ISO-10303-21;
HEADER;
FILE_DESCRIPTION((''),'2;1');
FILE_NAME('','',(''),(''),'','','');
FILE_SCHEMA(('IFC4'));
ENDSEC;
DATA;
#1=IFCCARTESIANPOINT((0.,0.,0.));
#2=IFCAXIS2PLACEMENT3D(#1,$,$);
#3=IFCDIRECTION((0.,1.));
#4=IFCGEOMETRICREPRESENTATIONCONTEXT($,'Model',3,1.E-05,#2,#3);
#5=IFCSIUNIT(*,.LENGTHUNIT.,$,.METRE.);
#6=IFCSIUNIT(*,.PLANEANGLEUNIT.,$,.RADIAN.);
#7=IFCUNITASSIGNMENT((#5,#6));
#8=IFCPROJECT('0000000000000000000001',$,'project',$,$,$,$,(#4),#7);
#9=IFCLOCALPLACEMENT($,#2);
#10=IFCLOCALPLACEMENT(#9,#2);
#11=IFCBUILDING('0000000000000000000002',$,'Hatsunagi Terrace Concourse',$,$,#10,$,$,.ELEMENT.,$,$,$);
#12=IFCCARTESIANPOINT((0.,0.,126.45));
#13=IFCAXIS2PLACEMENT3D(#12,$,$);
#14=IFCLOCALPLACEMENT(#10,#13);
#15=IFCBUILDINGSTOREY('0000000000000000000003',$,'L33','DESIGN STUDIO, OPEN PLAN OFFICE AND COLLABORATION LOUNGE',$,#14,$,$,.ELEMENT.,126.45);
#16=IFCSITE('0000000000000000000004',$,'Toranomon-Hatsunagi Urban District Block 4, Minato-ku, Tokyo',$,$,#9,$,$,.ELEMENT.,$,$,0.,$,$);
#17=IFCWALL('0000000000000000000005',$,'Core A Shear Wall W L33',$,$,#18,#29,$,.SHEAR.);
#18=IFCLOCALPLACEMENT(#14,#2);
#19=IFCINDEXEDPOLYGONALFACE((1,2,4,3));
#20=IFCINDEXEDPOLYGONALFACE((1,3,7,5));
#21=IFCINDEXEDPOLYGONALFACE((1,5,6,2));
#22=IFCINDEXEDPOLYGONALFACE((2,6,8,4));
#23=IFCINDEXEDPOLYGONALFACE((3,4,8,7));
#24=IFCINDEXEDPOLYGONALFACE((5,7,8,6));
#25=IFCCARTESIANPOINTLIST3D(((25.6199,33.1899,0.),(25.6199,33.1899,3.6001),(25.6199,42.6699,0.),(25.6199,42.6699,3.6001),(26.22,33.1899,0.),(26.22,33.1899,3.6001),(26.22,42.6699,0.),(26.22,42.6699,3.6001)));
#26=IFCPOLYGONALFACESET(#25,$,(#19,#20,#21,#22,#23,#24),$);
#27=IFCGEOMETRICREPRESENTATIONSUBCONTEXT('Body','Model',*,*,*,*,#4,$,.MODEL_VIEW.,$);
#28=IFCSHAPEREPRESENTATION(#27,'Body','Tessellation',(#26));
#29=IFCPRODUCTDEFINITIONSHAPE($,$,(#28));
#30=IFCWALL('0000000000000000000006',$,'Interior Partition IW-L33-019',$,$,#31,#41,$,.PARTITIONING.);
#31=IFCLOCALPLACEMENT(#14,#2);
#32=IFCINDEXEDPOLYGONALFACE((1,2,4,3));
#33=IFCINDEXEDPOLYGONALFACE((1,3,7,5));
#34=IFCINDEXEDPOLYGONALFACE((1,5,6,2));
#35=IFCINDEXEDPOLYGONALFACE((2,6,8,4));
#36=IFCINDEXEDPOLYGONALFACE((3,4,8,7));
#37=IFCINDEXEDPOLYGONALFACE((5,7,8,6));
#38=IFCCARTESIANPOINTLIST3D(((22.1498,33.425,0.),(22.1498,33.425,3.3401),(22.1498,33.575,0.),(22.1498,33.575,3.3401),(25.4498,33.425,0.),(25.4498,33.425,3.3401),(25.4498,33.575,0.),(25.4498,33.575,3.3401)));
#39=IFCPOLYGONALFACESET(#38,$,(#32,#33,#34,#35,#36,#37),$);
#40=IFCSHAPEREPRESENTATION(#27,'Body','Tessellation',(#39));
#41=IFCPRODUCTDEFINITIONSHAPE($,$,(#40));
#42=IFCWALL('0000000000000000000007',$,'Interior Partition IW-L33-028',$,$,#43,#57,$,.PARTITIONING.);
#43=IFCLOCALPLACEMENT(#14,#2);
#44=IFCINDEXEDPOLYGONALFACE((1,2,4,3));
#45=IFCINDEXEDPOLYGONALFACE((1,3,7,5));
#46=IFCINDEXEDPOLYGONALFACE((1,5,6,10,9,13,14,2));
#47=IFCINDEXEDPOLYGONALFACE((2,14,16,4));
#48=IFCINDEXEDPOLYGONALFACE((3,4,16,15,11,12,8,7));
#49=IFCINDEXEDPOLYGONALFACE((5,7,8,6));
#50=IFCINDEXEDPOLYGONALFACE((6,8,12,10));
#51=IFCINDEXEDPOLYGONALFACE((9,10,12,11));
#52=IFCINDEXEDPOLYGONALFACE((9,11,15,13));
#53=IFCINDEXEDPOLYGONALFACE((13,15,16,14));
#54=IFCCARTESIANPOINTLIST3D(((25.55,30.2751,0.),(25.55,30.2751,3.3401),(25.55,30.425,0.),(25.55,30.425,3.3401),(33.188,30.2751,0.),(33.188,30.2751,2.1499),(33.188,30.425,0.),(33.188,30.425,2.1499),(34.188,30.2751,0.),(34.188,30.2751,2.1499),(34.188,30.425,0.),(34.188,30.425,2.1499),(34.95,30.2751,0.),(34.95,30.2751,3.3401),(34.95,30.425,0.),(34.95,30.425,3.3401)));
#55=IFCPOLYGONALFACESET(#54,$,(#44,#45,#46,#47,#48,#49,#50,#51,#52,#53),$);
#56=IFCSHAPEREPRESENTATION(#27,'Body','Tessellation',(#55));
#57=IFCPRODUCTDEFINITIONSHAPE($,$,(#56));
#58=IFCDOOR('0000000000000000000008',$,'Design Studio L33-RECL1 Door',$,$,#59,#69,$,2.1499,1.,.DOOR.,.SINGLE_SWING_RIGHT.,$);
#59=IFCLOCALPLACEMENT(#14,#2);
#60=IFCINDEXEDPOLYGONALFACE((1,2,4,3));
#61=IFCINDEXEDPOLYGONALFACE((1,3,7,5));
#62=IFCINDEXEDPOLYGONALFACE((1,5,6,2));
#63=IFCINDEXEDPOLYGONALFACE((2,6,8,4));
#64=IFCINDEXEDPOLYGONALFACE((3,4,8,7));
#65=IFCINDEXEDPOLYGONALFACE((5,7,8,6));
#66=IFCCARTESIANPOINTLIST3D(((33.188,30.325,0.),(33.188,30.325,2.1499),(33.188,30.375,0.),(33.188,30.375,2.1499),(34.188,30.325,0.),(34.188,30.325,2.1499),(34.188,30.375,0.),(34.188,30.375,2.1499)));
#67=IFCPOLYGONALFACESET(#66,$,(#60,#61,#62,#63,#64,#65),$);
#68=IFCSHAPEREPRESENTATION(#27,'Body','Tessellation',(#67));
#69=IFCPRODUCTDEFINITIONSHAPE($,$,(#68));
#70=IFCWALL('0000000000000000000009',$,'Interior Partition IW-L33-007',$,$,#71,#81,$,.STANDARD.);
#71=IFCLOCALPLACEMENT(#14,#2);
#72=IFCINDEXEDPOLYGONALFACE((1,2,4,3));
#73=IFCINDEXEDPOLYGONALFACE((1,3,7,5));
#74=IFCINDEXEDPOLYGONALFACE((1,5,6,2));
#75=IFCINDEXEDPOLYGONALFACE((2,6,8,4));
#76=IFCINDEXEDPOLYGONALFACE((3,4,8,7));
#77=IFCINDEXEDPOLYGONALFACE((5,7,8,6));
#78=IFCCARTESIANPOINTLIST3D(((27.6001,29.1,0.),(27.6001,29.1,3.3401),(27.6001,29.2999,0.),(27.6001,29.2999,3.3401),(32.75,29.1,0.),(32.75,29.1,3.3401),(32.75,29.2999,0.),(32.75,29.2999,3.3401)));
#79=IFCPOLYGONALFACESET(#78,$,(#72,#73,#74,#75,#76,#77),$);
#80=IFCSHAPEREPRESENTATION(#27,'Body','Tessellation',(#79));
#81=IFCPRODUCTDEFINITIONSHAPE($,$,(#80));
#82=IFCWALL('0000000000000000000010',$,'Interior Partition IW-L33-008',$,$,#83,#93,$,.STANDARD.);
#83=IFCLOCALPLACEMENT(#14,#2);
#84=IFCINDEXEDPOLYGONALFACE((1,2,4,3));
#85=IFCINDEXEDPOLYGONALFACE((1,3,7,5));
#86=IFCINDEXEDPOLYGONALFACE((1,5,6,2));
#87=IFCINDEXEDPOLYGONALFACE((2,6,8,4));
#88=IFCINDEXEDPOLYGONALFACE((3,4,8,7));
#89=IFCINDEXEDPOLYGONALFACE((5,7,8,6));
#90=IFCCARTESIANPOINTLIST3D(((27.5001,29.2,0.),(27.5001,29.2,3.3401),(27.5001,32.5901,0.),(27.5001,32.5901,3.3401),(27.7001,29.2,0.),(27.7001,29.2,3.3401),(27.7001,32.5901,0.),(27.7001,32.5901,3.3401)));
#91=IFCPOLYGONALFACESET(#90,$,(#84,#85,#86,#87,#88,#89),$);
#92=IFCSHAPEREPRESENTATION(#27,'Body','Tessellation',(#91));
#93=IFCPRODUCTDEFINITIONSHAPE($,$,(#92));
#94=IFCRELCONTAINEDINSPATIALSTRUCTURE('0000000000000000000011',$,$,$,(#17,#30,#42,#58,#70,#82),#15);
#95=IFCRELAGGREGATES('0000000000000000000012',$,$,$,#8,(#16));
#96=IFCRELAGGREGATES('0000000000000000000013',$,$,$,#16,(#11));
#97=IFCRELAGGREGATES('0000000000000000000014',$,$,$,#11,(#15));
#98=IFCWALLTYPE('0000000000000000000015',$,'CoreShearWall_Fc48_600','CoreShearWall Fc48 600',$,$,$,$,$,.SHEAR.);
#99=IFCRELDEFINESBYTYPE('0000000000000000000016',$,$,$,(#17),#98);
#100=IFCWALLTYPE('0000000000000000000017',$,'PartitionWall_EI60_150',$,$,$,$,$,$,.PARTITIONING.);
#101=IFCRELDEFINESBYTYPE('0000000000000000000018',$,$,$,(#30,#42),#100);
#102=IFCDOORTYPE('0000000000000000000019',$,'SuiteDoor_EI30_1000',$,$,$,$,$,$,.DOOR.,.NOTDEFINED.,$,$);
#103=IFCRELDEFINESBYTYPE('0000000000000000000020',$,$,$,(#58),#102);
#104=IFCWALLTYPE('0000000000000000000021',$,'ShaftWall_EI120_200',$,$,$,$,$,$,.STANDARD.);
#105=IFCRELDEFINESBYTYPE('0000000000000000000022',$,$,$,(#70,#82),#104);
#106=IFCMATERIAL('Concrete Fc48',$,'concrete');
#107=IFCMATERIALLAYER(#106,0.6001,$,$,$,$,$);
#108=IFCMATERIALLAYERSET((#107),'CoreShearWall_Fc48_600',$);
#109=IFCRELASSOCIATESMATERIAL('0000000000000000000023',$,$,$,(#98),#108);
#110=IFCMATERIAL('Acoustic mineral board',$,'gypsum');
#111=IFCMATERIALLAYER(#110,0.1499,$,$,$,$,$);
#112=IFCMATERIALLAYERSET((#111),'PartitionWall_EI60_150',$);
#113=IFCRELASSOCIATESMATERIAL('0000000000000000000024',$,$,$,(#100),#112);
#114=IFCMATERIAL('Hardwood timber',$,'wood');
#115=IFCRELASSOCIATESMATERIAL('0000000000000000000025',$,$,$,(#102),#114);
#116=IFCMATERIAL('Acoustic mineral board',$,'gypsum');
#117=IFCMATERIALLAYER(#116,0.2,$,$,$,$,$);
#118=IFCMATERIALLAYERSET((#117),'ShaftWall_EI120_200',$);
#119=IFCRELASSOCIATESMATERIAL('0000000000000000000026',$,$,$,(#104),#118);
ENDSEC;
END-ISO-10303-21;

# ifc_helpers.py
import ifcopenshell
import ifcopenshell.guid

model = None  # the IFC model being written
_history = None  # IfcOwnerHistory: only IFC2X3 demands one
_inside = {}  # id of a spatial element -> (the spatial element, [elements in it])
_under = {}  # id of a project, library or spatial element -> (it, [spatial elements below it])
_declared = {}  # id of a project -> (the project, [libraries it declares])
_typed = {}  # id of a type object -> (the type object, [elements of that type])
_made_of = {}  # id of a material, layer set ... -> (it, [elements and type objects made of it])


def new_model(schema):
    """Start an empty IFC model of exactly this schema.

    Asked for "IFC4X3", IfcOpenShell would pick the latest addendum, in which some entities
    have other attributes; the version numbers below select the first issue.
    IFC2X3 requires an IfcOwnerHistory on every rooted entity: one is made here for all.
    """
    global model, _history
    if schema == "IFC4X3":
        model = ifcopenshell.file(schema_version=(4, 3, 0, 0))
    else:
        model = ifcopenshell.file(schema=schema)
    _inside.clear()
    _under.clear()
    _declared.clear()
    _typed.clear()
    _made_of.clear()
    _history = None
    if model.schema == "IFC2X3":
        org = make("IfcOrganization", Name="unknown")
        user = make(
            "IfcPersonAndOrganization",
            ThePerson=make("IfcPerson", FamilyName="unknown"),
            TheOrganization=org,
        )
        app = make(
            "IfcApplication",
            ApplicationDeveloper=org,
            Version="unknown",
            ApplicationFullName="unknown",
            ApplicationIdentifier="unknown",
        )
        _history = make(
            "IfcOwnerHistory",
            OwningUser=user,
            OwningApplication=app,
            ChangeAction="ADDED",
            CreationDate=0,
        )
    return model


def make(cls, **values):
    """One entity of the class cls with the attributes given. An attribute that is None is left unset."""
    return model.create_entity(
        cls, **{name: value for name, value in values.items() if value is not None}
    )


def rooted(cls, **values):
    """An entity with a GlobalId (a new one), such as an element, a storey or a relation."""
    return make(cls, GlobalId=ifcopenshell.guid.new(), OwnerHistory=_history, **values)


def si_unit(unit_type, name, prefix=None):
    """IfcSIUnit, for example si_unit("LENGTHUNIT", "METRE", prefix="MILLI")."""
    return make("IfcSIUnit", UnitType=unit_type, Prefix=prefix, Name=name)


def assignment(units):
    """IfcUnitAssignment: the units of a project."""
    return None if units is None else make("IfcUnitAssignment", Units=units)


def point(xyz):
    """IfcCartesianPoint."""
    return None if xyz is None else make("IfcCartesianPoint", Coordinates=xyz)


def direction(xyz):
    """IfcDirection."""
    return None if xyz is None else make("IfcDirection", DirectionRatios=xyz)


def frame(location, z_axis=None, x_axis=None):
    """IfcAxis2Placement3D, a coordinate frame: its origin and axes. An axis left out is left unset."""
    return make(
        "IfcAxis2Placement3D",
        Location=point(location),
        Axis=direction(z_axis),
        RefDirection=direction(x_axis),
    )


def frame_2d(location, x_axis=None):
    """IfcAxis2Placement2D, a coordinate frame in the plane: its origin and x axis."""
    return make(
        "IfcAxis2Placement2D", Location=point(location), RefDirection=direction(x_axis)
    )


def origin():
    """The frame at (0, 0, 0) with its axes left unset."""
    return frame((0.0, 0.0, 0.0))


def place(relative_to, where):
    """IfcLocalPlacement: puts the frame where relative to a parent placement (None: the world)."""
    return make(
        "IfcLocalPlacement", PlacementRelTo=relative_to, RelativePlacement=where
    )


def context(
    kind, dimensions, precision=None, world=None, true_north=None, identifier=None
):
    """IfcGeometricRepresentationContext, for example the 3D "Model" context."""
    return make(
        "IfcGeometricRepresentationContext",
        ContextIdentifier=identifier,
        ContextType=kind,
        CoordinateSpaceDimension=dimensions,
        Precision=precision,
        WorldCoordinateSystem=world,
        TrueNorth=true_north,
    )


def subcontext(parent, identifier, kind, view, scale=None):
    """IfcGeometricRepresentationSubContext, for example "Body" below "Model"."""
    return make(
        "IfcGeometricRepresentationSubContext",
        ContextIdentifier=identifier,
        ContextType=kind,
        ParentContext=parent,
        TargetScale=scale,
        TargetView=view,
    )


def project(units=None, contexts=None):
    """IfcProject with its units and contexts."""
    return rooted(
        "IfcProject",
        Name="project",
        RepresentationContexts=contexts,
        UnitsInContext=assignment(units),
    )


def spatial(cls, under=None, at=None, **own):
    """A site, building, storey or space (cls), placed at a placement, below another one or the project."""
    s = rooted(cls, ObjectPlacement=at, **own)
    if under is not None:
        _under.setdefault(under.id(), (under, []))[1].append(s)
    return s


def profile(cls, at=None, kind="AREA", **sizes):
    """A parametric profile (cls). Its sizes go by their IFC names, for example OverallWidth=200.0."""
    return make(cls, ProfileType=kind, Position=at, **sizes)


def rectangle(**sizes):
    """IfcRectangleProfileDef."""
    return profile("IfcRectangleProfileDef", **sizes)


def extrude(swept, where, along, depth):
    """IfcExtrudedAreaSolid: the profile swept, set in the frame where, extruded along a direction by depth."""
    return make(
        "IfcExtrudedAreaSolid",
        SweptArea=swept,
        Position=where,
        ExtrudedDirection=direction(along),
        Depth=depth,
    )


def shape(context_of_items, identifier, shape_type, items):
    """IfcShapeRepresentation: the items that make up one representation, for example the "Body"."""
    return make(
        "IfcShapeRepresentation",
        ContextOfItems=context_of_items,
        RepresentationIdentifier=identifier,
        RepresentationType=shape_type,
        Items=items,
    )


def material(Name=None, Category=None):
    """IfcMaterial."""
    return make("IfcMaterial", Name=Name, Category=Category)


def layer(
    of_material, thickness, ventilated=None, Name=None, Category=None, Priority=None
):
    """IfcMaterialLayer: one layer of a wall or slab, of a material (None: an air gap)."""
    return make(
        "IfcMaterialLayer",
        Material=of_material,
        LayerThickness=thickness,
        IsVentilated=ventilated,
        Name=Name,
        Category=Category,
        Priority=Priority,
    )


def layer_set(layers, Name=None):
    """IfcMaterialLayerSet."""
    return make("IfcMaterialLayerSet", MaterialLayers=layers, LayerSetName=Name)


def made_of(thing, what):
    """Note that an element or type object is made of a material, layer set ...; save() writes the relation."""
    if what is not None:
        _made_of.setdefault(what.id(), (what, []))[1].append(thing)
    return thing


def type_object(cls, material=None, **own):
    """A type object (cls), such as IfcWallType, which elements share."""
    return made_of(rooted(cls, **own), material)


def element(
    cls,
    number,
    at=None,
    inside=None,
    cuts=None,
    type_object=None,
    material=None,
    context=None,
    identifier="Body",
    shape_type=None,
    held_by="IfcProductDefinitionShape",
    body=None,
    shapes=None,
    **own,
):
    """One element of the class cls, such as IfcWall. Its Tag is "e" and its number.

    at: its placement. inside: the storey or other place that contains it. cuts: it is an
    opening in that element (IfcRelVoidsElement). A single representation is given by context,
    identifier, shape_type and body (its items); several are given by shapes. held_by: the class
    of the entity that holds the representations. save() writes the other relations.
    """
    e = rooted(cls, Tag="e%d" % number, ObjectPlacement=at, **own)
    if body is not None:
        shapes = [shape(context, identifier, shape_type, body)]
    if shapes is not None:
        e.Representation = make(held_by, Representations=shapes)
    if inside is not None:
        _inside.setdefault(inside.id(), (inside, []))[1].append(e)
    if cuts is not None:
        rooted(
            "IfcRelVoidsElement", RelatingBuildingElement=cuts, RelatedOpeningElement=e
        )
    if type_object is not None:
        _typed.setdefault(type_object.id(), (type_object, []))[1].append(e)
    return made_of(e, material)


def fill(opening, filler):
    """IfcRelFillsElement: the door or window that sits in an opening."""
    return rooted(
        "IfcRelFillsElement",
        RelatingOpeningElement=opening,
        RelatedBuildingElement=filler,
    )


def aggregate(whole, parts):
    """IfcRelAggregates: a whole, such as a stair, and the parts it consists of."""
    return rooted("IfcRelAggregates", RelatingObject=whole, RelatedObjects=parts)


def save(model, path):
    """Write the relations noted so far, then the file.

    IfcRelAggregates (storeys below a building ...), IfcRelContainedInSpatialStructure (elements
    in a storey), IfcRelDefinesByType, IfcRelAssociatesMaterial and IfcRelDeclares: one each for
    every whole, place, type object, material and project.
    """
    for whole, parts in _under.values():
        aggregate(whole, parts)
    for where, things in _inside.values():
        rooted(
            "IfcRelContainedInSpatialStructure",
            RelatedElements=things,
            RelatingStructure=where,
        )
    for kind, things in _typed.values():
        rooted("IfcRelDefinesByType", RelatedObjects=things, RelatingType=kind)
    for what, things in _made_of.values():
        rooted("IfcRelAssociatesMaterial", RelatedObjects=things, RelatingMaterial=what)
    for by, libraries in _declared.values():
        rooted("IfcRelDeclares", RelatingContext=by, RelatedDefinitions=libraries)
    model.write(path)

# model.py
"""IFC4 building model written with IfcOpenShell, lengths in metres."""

from ifc_helpers import new_model, si_unit, direction, frame, frame_2d, origin, place, context, subcontext, project, spatial, rectangle, extrude, material, layer, layer_set, type_object, element, fill, save


model = new_model("IFC4")

# Units and contexts
model_context = context("Model", 3, precision=1e-05, world=origin(), true_north=direction((0.0, 1.0)))
body_context = subcontext(model_context, "Body", "Model", "MODEL_VIEW")
ifc_project = project(units=[si_unit("LENGTHUNIT", "METRE"), si_unit("PLANEANGLEUNIT", "RADIAN")], contexts=[model_context])

# Site, building, storey
site_placement = place(None, origin())
site = spatial("IfcSite", under=ifc_project, at=site_placement, Name="Toranomon-Hatsunagi Urban District Block 4, Minato-ku, Tokyo", CompositionType="ELEMENT", RefElevation=0.0)
building_placement = place(site_placement, origin())
building = spatial("IfcBuilding", under=site, at=building_placement, Name="Hatsunagi Terrace Concourse", CompositionType="ELEMENT")
storey_placement = place(building_placement, frame((0.0, 0.0, 126.45)))
storey = spatial("IfcBuildingStorey", under=building, at=storey_placement, Name="L33", Description="DESIGN STUDIO, OPEN PLAN OFFICE AND COLLABORATION LOUNGE", CompositionType="ELEMENT", Elevation=126.45)

# Shared definitions
ifc_material_1 = material(Name="Concrete Fc48", Category="concrete")
ifc_layer_1 = layer(ifc_material_1, 0.6001)
ifc_layer_set_1 = layer_set([ifc_layer_1], Name="CoreShearWall_Fc48_600")
wall_type_1 = type_object("IfcWallType", Name="CoreShearWall_Fc48_600", Description="CoreShearWall Fc48 600", PredefinedType="SHEAR", material=ifc_layer_set_1)

# Walls
wall_1_placement = place(storey_placement, frame((25.9199, 33.1899, 0.0), z_axis=(0.0, 0.0, 1.0), x_axis=(0.0, 1.0, 0.0)))
element("IfcWall", 1, at=wall_1_placement, inside=storey, type_object=wall_type_1, Name="Core A Shear Wall W L33", PredefinedType="SHEAR", context=body_context, shape_type="SweptSolid", body=[
    extrude(rectangle(XDim=9.48, YDim=0.6001, at=frame_2d((4.74, 0.0))), origin(), (0.0, 0.0, 1.0), 3.6001),
])
ifc_material_2 = material(Name="Acoustic mineral board", Category="gypsum")
ifc_layer_2 = layer(ifc_material_2, 0.1499)
ifc_layer_set_2 = layer_set([ifc_layer_2], Name="PartitionWall_EI60_150")
wall_type_2 = type_object("IfcWallType", Name="PartitionWall_EI60_150", PredefinedType="PARTITIONING", material=ifc_layer_set_2)
wall_2_placement = place(storey_placement, frame((22.1499, 33.5, 0.0), z_axis=(0.0, 0.0, 1.0), x_axis=(1.0, 0.0, 0.0)))
element("IfcWall", 2, at=wall_2_placement, inside=storey, type_object=wall_type_2, Name="Interior Partition IW-L33-019", PredefinedType="PARTITIONING", context=body_context, shape_type="SweptSolid", body=[
    extrude(rectangle(XDim=3.3, YDim=0.1499, at=frame_2d((1.6499, 0.0))), origin(), (0.0, 0.0, 1.0), 3.3401),
])

# Wall, opening, door
wall_3_placement = place(storey_placement, frame((25.55, 30.3501, 0.0), z_axis=(0.0, 0.0, 1.0), x_axis=(1.0, 0.0, 0.0)))
wall_3 = element("IfcWall", 3, at=wall_3_placement, inside=storey, type_object=wall_type_2, Name="Interior Partition IW-L33-028", PredefinedType="PARTITIONING", context=body_context, shape_type="SweptSolid", body=[
    extrude(rectangle(XDim=9.3999, YDim=0.1499, at=frame_2d((4.7, 0.0))), origin(), (0.0, 0.0, 1.0), 3.3401),
])
opening_1_placement = place(wall_3_placement, frame((7.6379, 0.0, 0.0)))
opening_1 = element("IfcOpeningElement", 4, at=opening_1_placement, cuts=wall_3, PredefinedType="OPENING", context=body_context, shape_type="SweptSolid", body=[
    extrude(rectangle(XDim=1.0, YDim=2.1499, at=frame_2d((0.5, 1.075))), frame((0.0, 0.085, 0.0), z_axis=(0.0, -1.0, 0.0), x_axis=(1.0, 0.0, 0.0)), (0.0, 0.0, 1.0), 0.1699),
])
ifc_material_3 = material(Name="Hardwood timber", Category="wood")
door_type_1 = type_object("IfcDoorType", Name="SuiteDoor_EI30_1000", OperationType="NOTDEFINED", PredefinedType="DOOR", material=ifc_material_3)
door_1_placement = place(opening_1_placement, origin())
door_1 = element("IfcDoor", 5, at=door_1_placement, inside=storey, type_object=door_type_1, Name="Design Studio L33-RECL1 Door", OperationType="SINGLE_SWING_RIGHT", OverallHeight=2.1499, OverallWidth=1.0, PredefinedType="DOOR", context=body_context, shape_type="SweptSolid", body=[
    extrude(rectangle(XDim=1.0, YDim=2.1499, at=frame_2d((0.5, 1.075))), frame((0.0, 0.0249, 0.0), z_axis=(0.0, -1.0, 0.0), x_axis=(1.0, 0.0, 0.0)), (0.0, 0.0, 1.0), 0.05),
])
fill(opening_1, door_1)

# Walls
ifc_material_4 = material(Name="Acoustic mineral board", Category="gypsum")
ifc_layer_3 = layer(ifc_material_4, 0.2)
ifc_layer_set_3 = layer_set([ifc_layer_3], Name="ShaftWall_EI120_200")
wall_type_3 = type_object("IfcWallType", Name="ShaftWall_EI120_200", PredefinedType="STANDARD", material=ifc_layer_set_3)
wall_4_placement = place(storey_placement, frame((27.6001, 29.2, 0.0), z_axis=(0.0, 0.0, 1.0), x_axis=(1.0, 0.0, 0.0)))
element("IfcWall", 6, at=wall_4_placement, inside=storey, type_object=wall_type_3, Name="Interior Partition IW-L33-007", PredefinedType="STANDARD", context=body_context, shape_type="SweptSolid", body=[
    extrude(rectangle(XDim=5.1499, YDim=0.2, at=frame_2d((2.575, 0.0))), origin(), (0.0, 0.0, 1.0), 3.3401),
])
wall_5_placement = place(storey_placement, frame((27.6001, 29.2, 0.0), z_axis=(0.0, 0.0, 1.0), x_axis=(0.0, 1.0, 0.0)))
element("IfcWall", 7, at=wall_5_placement, inside=storey, type_object=wall_type_3, Name="Interior Partition IW-L33-008", PredefinedType="STANDARD", context=body_context, shape_type="SweptSolid", body=[
    extrude(rectangle(XDim=3.3901, YDim=0.2, at=frame_2d((1.6951, 0.0))), origin(), (0.0, 0.0, 1.0), 3.3401),
])

save(model, "model.ifc")
